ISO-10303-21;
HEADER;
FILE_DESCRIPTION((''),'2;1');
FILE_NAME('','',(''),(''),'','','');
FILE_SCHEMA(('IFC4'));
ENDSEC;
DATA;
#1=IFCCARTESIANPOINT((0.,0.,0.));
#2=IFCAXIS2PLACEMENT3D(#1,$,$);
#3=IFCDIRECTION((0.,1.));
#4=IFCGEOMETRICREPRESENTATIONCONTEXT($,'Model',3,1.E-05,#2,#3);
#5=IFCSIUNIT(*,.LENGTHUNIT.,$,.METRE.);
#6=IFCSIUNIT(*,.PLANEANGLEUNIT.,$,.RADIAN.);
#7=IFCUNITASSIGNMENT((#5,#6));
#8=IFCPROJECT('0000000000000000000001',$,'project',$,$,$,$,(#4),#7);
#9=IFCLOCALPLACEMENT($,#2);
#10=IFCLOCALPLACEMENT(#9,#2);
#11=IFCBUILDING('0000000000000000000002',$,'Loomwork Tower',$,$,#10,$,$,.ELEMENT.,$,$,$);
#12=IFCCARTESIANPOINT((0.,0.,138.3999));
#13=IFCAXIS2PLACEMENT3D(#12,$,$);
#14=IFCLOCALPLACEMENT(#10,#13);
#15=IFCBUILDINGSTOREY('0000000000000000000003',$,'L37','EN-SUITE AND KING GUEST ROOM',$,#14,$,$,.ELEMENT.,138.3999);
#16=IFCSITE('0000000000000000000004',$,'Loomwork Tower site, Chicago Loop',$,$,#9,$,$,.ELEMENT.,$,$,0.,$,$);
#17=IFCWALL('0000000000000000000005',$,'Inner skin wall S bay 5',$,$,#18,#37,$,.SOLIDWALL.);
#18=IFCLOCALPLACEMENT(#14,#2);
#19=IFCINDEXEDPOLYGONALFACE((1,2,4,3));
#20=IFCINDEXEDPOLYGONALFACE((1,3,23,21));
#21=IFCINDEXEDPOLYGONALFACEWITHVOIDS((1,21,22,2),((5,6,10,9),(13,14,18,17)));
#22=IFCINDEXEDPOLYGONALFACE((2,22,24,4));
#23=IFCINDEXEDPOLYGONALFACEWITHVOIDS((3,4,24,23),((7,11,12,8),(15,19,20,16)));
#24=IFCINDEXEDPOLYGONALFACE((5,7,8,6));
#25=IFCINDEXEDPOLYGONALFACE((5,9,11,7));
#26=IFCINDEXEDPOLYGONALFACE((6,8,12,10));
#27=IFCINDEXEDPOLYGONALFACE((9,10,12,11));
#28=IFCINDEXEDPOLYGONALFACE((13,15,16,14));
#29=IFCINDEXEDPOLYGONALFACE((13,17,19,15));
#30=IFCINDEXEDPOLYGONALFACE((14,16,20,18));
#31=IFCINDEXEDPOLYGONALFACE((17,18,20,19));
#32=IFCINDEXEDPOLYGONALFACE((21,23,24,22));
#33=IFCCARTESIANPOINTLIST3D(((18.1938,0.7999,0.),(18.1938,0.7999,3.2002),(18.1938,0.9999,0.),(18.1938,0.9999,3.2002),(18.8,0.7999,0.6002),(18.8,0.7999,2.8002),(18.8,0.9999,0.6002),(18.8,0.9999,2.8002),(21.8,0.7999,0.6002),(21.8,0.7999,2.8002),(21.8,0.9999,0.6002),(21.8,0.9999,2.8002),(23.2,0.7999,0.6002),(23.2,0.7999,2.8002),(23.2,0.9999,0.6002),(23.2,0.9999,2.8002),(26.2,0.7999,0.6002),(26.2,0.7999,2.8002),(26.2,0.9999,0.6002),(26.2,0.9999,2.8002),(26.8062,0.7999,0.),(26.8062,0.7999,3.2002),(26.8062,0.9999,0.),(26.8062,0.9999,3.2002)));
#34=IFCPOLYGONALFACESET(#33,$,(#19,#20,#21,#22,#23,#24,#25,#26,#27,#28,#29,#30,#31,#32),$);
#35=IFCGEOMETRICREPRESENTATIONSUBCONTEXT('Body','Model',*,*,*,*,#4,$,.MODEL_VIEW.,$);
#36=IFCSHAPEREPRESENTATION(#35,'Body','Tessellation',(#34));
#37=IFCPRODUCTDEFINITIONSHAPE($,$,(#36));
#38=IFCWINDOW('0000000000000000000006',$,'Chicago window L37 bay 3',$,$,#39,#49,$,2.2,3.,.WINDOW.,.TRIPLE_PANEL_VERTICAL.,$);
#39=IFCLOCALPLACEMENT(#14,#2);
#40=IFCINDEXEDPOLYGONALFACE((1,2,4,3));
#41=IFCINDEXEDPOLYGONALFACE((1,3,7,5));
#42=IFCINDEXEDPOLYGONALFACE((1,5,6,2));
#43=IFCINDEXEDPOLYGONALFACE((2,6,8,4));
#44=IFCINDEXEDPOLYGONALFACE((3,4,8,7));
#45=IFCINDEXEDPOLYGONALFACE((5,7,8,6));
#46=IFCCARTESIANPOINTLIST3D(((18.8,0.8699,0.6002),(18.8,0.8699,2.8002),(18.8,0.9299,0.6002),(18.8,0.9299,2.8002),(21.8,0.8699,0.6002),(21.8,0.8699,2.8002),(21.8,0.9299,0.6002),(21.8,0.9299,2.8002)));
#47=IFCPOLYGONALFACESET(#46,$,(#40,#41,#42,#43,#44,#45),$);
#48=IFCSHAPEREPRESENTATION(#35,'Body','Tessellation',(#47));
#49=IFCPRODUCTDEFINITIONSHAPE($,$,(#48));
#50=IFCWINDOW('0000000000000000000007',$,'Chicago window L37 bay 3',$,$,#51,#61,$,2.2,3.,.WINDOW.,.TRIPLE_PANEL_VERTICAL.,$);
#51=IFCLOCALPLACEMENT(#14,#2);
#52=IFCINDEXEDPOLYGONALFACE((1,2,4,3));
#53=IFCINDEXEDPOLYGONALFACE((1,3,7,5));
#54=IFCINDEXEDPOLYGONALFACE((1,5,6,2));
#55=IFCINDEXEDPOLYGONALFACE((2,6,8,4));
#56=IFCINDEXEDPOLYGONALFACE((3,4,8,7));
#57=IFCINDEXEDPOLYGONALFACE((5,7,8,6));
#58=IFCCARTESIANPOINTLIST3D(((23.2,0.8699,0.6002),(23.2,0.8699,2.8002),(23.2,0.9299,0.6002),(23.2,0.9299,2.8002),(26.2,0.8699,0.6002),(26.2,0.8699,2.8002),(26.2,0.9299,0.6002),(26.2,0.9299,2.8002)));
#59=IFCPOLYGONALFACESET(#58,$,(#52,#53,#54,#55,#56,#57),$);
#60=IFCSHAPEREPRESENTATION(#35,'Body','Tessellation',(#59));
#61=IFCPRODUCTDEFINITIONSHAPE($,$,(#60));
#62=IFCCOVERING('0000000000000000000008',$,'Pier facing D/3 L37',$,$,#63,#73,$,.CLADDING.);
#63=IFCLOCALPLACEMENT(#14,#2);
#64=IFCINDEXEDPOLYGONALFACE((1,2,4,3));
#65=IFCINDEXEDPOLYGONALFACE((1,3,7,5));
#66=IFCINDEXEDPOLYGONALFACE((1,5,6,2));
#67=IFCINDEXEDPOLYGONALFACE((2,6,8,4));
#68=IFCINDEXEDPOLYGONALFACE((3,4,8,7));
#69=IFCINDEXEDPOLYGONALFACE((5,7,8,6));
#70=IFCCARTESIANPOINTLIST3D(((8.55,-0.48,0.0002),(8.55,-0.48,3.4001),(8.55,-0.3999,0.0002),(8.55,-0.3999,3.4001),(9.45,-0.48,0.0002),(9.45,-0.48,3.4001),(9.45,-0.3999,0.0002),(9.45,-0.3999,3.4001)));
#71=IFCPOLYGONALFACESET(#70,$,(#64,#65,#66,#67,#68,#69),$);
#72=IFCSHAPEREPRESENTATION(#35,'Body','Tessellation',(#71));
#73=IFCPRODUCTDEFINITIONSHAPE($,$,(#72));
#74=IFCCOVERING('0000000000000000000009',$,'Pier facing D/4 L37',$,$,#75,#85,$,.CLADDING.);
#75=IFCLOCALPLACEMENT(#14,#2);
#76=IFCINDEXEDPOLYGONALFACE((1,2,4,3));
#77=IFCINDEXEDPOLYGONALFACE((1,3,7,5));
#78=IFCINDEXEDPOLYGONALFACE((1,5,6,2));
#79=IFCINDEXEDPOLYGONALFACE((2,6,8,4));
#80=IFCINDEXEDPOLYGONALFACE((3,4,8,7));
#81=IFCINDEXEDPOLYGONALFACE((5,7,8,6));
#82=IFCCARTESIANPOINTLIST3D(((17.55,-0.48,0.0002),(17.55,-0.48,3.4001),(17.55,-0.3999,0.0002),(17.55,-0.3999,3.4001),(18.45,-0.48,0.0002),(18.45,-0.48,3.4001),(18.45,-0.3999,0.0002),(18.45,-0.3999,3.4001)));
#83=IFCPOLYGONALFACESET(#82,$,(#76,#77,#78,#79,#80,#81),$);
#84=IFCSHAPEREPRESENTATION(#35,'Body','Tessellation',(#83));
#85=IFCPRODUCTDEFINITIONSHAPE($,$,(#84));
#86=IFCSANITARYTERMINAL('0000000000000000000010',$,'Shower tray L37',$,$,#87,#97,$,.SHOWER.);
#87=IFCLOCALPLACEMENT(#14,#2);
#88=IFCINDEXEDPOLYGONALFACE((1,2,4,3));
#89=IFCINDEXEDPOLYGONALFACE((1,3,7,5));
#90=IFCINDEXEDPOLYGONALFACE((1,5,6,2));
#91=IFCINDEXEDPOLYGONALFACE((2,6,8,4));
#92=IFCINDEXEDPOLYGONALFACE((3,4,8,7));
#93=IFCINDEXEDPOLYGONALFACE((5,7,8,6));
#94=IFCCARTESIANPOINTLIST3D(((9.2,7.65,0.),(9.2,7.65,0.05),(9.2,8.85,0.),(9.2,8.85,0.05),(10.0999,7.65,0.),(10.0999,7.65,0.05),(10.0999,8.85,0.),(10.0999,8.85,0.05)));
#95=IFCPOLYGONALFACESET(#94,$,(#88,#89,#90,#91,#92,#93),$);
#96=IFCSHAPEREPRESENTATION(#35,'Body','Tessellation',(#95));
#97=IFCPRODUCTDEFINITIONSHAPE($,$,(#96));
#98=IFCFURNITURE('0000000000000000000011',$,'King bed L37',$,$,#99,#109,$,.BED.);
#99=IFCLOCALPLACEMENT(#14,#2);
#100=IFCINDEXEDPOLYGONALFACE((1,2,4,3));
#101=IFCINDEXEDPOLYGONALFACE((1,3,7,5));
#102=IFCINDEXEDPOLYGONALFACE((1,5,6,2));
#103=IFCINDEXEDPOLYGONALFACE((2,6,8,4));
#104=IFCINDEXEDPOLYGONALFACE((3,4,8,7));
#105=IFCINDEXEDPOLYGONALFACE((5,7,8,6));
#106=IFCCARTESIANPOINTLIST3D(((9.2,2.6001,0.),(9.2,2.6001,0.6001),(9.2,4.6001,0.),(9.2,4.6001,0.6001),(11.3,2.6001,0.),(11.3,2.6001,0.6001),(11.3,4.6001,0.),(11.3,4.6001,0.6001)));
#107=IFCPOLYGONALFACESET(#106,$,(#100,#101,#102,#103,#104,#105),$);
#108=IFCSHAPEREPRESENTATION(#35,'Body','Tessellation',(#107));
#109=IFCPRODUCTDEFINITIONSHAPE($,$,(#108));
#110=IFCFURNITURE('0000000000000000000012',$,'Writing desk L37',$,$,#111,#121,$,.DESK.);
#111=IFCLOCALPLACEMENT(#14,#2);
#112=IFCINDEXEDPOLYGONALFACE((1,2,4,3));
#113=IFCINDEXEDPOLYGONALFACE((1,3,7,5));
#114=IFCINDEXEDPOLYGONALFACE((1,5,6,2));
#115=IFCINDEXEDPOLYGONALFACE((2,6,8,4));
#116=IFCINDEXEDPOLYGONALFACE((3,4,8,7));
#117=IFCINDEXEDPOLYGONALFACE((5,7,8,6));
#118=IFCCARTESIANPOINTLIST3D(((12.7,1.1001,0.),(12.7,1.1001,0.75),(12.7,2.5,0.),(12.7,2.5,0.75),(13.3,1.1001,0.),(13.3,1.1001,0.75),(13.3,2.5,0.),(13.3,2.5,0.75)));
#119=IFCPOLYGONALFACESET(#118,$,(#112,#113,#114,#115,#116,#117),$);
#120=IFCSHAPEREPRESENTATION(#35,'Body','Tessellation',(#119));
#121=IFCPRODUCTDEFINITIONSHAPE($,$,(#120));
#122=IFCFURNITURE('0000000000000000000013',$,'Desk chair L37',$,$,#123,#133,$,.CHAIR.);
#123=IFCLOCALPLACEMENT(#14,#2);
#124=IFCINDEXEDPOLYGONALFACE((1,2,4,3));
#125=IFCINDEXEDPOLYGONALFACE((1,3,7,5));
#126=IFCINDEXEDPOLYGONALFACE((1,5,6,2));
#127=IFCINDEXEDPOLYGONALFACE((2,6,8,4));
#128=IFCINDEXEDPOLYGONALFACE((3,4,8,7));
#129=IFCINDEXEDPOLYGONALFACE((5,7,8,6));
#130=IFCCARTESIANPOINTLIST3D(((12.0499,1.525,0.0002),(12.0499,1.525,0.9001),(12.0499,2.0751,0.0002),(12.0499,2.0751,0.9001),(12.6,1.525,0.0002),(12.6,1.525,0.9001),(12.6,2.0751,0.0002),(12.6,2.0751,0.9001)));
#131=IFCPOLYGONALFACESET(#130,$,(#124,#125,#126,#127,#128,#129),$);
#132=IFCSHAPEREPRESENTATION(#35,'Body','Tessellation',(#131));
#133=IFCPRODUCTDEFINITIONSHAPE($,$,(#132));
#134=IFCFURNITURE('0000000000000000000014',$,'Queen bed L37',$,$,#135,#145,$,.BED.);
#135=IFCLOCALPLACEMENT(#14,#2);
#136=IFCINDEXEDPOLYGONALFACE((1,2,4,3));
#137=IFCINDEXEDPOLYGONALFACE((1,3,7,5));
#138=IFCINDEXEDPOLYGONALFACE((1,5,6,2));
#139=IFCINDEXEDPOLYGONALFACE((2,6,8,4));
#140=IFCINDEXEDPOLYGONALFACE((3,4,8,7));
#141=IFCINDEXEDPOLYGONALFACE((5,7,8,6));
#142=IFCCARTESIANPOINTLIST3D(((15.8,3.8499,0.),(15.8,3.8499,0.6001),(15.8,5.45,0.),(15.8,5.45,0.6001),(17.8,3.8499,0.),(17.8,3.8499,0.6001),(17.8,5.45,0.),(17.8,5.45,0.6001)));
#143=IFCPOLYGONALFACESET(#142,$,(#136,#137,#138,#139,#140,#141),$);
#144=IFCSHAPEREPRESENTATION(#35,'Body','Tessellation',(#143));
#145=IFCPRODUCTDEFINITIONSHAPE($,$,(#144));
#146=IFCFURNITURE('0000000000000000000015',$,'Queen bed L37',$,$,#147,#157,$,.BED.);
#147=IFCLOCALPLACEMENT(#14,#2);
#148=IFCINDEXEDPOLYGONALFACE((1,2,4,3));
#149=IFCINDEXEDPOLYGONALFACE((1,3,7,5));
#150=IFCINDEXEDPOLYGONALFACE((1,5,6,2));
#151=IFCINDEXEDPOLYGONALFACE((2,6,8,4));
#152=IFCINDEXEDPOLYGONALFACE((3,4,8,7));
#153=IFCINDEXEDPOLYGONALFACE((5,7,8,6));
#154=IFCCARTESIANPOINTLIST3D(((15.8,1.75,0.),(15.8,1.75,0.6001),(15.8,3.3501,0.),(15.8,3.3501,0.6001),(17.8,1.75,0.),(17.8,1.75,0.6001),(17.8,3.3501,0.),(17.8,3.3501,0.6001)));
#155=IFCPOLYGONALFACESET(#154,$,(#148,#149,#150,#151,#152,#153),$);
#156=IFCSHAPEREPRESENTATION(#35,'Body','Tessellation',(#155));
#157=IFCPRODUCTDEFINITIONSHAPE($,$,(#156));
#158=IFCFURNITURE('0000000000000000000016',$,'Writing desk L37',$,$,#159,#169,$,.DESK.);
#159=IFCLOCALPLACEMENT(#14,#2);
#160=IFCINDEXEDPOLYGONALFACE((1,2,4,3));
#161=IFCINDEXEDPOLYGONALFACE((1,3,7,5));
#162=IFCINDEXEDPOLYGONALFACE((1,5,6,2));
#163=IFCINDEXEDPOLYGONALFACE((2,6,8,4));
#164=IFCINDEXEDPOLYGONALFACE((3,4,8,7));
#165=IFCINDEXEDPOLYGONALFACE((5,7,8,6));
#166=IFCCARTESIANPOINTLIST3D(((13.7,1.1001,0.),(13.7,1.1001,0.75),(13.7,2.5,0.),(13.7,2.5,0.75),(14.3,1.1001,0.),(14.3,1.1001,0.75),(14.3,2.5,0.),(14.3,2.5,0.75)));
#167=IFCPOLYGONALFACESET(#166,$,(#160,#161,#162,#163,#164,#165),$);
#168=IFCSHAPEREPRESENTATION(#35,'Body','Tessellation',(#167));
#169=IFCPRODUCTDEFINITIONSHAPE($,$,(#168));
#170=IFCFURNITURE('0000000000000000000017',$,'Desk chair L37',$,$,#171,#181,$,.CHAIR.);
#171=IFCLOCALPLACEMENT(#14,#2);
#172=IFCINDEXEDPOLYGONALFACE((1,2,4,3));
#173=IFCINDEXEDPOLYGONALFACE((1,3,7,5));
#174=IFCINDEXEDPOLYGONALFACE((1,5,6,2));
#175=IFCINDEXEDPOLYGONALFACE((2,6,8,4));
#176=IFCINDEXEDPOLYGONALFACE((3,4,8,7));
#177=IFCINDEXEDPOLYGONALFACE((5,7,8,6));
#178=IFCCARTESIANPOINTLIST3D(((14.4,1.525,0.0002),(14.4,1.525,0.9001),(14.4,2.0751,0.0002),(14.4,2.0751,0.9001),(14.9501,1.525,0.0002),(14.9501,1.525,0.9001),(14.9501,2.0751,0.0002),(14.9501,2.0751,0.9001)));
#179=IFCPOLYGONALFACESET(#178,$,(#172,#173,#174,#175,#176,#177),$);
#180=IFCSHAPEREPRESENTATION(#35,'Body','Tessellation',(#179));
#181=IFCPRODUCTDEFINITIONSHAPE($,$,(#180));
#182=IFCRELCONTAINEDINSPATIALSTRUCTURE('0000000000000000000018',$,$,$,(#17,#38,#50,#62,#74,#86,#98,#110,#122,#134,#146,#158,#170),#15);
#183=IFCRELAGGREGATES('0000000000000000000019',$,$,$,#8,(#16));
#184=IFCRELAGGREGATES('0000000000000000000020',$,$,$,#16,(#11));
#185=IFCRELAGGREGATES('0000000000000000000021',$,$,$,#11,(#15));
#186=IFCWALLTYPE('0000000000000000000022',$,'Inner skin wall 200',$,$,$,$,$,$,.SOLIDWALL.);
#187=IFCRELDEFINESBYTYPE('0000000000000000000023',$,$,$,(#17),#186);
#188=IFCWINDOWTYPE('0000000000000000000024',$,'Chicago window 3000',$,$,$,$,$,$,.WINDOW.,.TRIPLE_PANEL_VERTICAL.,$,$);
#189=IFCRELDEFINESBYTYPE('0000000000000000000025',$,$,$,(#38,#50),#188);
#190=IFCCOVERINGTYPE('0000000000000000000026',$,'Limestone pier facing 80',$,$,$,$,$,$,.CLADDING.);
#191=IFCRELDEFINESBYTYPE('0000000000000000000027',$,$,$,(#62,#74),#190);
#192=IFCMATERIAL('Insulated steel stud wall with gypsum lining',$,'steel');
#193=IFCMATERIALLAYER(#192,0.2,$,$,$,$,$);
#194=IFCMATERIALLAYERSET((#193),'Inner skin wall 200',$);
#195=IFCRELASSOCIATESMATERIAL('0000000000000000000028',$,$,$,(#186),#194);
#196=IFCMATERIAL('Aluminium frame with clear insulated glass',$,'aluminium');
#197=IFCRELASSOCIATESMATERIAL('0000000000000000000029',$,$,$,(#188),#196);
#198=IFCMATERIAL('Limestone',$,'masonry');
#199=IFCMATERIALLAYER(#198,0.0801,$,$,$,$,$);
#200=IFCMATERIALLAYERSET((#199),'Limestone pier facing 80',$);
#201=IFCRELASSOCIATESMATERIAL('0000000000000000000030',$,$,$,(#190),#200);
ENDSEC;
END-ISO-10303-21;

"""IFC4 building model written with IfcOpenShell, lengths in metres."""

from ifc_helpers import new_model, si_unit, direction, frame, frame_2d, origin, origin_2d, place, context, subcontext, project, spatial, rectangle, extrude, material, layer, layer_set, type_object, element, fill, save


model = new_model("IFC4")

# Units and contexts
model_context = context("Model", 3, precision=1e-05, world=origin(), true_north=direction((0.0, 1.0)))
body_context = subcontext(model_context, "Body", "Model", "MODEL_VIEW")
ifc_project = project(units=[si_unit("LENGTHUNIT", "METRE"), si_unit("PLANEANGLEUNIT", "RADIAN")], contexts=[model_context])

# Site, building, storey
site_placement = place(None, origin())
site = spatial("IfcSite", under=ifc_project, at=site_placement, Name="Loomwork Tower site, Chicago Loop", CompositionType="ELEMENT", RefElevation=0.0)
building_placement = place(site_placement, origin())
building = spatial("IfcBuilding", under=site, at=building_placement, Name="Loomwork Tower", CompositionType="ELEMENT")
storey_placement = place(building_placement, frame((0.0, 0.0, 138.3999)))
storey = spatial("IfcBuildingStorey", under=building, at=storey_placement, Name="L37", Description="EN-SUITE AND KING GUEST ROOM", CompositionType="ELEMENT", Elevation=138.3999)

# Shared definitions
ifc_material_1 = material(Name="Insulated steel stud wall with gypsum lining", Category="steel")
ifc_layer_1 = layer(ifc_material_1, 0.2)
ifc_layer_set_1 = layer_set([ifc_layer_1], Name="Inner skin wall 200")
wall_type_1 = type_object("IfcWallType", Name="Inner skin wall 200", PredefinedType="SOLIDWALL", material=ifc_layer_set_1)

# Shared definitions
ifc_material_2 = material(Name="Aluminium frame with clear insulated glass", Category="aluminium")
window_type = type_object("IfcWindowType", Name="Chicago window 3000", PartitioningType="TRIPLE_PANEL_VERTICAL", PredefinedType="WINDOW", material=ifc_material_2)

# Wall, openings, windows
wall_1_placement = place(storey_placement, frame((18.1938, 0.8999, 0.0), z_axis=(0.0, 0.0, 1.0), x_axis=(1.0, 0.0, 0.0)))
wall_1 = element("IfcWall", 1, at=wall_1_placement, inside=storey, type_object=wall_type_1, Name="Inner skin wall S bay 5", PredefinedType="SOLIDWALL", context=body_context, shape_type="SweptSolid", body=[
    extrude(rectangle(XDim=8.6123, YDim=0.2, at=frame_2d((4.3062, 0.0))), origin(), (0.0, 0.0, 1.0), 3.2002),
])
opening_1_placement = place(wall_1_placement, frame((0.6062, 0.0, 0.6001)))
opening_1 = element("IfcOpeningElement", 2, at=opening_1_placement, cuts=wall_1, PredefinedType="OPENING", context=body_context, shape_type="SweptSolid", body=[
    extrude(rectangle(XDim=3.0, YDim=2.2, at=frame_2d((1.5, 1.1001))), frame((0.0, 0.1099, 0.0), z_axis=(0.0, -1.0, 0.0), x_axis=(1.0, 0.0, 0.0)), (0.0, 0.0, 1.0), 0.22),
])
opening_2_placement = place(wall_1_placement, frame((5.0061, 0.0, 0.6001)))
opening_2 = element("IfcOpeningElement", 3, at=opening_2_placement, cuts=wall_1, PredefinedType="OPENING", context=body_context, shape_type="SweptSolid", body=[
    extrude(rectangle(XDim=3.0, YDim=2.2, at=frame_2d((1.5, 1.1001))), frame((0.0, 0.1099, 0.0), z_axis=(0.0, -1.0, 0.0), x_axis=(1.0, 0.0, 0.0)), (0.0, 0.0, 1.0), 0.22),
])
window_1_placement = place(opening_1_placement, origin())
window_1 = element("IfcWindow", 4, at=window_1_placement, inside=storey, type_object=window_type, Name="Chicago window L37 bay 3", OverallHeight=2.2, OverallWidth=3.0, PartitioningType="TRIPLE_PANEL_VERTICAL", PredefinedType="WINDOW", context=body_context, shape_type="SweptSolid", body=[
    extrude(rectangle(XDim=3.0, YDim=2.2, at=frame_2d((1.5, 1.1001))), frame((0.0, 0.03, 0.0), z_axis=(0.0, -1.0, 0.0), x_axis=(1.0, 0.0, 0.0)), (0.0, 0.0, 1.0), 0.0601),
])
fill(opening_1, window_1)
window_2_placement = place(opening_2_placement, origin())
window_2 = element("IfcWindow", 5, at=window_2_placement, inside=storey, type_object=window_type, Name="Chicago window L37 bay 3", OverallHeight=2.2, OverallWidth=3.0, PartitioningType="TRIPLE_PANEL_VERTICAL", PredefinedType="WINDOW", context=body_context, shape_type="SweptSolid", body=[
    extrude(rectangle(XDim=3.0, YDim=2.2, at=frame_2d((1.5, 1.1001))), frame((0.0, 0.03, 0.0), z_axis=(0.0, -1.0, 0.0), x_axis=(1.0, 0.0, 0.0)), (0.0, 0.0, 1.0), 0.0601),
])
fill(opening_2, window_2)

# Coverings
ifc_material_3 = material(Name="Limestone", Category="masonry")
ifc_layer_2 = layer(ifc_material_3, 0.0801)
ifc_layer_set_2 = layer_set([ifc_layer_2], Name="Limestone pier facing 80")
covering_type = type_object("IfcCoveringType", Name="Limestone pier facing 80", PredefinedType="CLADDING", material=ifc_layer_set_2)
for number, where, z_axis, x_axis, name in (
    (6, (9.0, -0.4399, 0.0002), (0.0, 0.0, 1.0), (1.0, 0.0, 0.0), "Pier facing D/3 L37"),
    (7, (18.0, -0.4399, 0.0002), (0.0, 0.0, 1.0), (1.0, 0.0, 0.0), "Pier facing D/4 L37"),
):
    element("IfcCovering", number, at=place(storey_placement, frame(where, z_axis=z_axis, x_axis=x_axis)), inside=storey, type_object=covering_type, Name=name, PredefinedType="CLADDING", context=body_context, shape_type="SweptSolid", body=[
        extrude(rectangle(XDim=0.8999, YDim=0.0801, at=origin_2d()), origin(), (0.0, 0.0, 1.0), 3.3999),
    ])

# Sanitary terminal
sanitary_terminal_placement = place(storey_placement, frame((9.6499, 8.25, 0.0), z_axis=(0.0, 0.0, 1.0), x_axis=(1.0, 0.0, 0.0)))
element("IfcSanitaryTerminal", 8, at=sanitary_terminal_placement, inside=storey, Name="Shower tray L37", PredefinedType="SHOWER", context=body_context, shape_type="SweptSolid", body=[
    extrude(rectangle(XDim=0.8999, YDim=1.2, at=origin_2d()), origin(), (0.0, 0.0, 1.0), 0.05),
])

# Furniture
furniture_1_placement = place(storey_placement, frame((10.25, 3.6001, 0.0), z_axis=(0.0, 0.0, 1.0), x_axis=(1.0, 0.0, 0.0)))
element("IfcFurniture", 9, at=furniture_1_placement, inside=storey, Name="King bed L37", PredefinedType="BED", context=body_context, shape_type="SweptSolid", body=[
    extrude(rectangle(XDim=2.1001, YDim=2.0, at=origin_2d()), origin(), (0.0, 0.0, 1.0), 0.6001),
])
furniture_2_placement = place(storey_placement, frame((13.0, 1.8, 0.0), z_axis=(0.0, 0.0, 1.0), x_axis=(1.0, 0.0, 0.0)))
element("IfcFurniture", 10, at=furniture_2_placement, inside=storey, Name="Writing desk L37", PredefinedType="DESK", context=body_context, shape_type="SweptSolid", body=[
    extrude(rectangle(XDim=0.6001, YDim=1.3999, at=origin_2d()), origin(), (0.0, 0.0, 1.0), 0.75),
])
furniture_3_placement = place(storey_placement, frame((12.325, 1.8, 0.0002), z_axis=(0.0, 0.0, 1.0), x_axis=(1.0, 0.0, 0.0)))
element("IfcFurniture", 11, at=furniture_3_placement, inside=storey, Name="Desk chair L37", PredefinedType="CHAIR", context=body_context, shape_type="SweptSolid", body=[
    extrude(rectangle(XDim=0.55, YDim=0.55, at=origin_2d()), origin(), (0.0, 0.0, 1.0), 0.8999),
])
for number, where, z_axis, x_axis, name in (
    (12, (16.8, 4.6499, 0.0), (0.0, 0.0, 1.0), (1.0, 0.0, 0.0), "Queen bed L37"),
    (13, (16.8, 2.55, 0.0), (0.0, 0.0, 1.0), (1.0, 0.0, 0.0), "Queen bed L37"),
):
    element("IfcFurniture", number, at=place(storey_placement, frame(where, z_axis=z_axis, x_axis=x_axis)), inside=storey, Name=name, PredefinedType="BED", context=body_context, shape_type="SweptSolid", body=[
        extrude(rectangle(XDim=2.0, YDim=1.6001, at=origin_2d()), origin(), (0.0, 0.0, 1.0), 0.6001),
    ])
furniture_4_placement = place(storey_placement, frame((14.0, 1.8, 0.0), z_axis=(0.0, 0.0, 1.0), x_axis=(1.0, 0.0, 0.0)))
element("IfcFurniture", 14, at=furniture_4_placement, inside=storey, Name="Writing desk L37", PredefinedType="DESK", context=body_context, shape_type="SweptSolid", body=[
    extrude(rectangle(XDim=0.6001, YDim=1.3999, at=origin_2d()), origin(), (0.0, 0.0, 1.0), 0.75),
])
furniture_5_placement = place(storey_placement, frame((14.675, 1.8, 0.0002), z_axis=(0.0, 0.0, 1.0), x_axis=(1.0, 0.0, 0.0)))
element("IfcFurniture", 15, at=furniture_5_placement, inside=storey, Name="Desk chair L37", PredefinedType="CHAIR", context=body_context, shape_type="SweptSolid", body=[
    extrude(rectangle(XDim=0.55, YDim=0.55, at=origin_2d()), origin(), (0.0, 0.0, 1.0), 0.8999),
])

save(model, "model.ifc")
